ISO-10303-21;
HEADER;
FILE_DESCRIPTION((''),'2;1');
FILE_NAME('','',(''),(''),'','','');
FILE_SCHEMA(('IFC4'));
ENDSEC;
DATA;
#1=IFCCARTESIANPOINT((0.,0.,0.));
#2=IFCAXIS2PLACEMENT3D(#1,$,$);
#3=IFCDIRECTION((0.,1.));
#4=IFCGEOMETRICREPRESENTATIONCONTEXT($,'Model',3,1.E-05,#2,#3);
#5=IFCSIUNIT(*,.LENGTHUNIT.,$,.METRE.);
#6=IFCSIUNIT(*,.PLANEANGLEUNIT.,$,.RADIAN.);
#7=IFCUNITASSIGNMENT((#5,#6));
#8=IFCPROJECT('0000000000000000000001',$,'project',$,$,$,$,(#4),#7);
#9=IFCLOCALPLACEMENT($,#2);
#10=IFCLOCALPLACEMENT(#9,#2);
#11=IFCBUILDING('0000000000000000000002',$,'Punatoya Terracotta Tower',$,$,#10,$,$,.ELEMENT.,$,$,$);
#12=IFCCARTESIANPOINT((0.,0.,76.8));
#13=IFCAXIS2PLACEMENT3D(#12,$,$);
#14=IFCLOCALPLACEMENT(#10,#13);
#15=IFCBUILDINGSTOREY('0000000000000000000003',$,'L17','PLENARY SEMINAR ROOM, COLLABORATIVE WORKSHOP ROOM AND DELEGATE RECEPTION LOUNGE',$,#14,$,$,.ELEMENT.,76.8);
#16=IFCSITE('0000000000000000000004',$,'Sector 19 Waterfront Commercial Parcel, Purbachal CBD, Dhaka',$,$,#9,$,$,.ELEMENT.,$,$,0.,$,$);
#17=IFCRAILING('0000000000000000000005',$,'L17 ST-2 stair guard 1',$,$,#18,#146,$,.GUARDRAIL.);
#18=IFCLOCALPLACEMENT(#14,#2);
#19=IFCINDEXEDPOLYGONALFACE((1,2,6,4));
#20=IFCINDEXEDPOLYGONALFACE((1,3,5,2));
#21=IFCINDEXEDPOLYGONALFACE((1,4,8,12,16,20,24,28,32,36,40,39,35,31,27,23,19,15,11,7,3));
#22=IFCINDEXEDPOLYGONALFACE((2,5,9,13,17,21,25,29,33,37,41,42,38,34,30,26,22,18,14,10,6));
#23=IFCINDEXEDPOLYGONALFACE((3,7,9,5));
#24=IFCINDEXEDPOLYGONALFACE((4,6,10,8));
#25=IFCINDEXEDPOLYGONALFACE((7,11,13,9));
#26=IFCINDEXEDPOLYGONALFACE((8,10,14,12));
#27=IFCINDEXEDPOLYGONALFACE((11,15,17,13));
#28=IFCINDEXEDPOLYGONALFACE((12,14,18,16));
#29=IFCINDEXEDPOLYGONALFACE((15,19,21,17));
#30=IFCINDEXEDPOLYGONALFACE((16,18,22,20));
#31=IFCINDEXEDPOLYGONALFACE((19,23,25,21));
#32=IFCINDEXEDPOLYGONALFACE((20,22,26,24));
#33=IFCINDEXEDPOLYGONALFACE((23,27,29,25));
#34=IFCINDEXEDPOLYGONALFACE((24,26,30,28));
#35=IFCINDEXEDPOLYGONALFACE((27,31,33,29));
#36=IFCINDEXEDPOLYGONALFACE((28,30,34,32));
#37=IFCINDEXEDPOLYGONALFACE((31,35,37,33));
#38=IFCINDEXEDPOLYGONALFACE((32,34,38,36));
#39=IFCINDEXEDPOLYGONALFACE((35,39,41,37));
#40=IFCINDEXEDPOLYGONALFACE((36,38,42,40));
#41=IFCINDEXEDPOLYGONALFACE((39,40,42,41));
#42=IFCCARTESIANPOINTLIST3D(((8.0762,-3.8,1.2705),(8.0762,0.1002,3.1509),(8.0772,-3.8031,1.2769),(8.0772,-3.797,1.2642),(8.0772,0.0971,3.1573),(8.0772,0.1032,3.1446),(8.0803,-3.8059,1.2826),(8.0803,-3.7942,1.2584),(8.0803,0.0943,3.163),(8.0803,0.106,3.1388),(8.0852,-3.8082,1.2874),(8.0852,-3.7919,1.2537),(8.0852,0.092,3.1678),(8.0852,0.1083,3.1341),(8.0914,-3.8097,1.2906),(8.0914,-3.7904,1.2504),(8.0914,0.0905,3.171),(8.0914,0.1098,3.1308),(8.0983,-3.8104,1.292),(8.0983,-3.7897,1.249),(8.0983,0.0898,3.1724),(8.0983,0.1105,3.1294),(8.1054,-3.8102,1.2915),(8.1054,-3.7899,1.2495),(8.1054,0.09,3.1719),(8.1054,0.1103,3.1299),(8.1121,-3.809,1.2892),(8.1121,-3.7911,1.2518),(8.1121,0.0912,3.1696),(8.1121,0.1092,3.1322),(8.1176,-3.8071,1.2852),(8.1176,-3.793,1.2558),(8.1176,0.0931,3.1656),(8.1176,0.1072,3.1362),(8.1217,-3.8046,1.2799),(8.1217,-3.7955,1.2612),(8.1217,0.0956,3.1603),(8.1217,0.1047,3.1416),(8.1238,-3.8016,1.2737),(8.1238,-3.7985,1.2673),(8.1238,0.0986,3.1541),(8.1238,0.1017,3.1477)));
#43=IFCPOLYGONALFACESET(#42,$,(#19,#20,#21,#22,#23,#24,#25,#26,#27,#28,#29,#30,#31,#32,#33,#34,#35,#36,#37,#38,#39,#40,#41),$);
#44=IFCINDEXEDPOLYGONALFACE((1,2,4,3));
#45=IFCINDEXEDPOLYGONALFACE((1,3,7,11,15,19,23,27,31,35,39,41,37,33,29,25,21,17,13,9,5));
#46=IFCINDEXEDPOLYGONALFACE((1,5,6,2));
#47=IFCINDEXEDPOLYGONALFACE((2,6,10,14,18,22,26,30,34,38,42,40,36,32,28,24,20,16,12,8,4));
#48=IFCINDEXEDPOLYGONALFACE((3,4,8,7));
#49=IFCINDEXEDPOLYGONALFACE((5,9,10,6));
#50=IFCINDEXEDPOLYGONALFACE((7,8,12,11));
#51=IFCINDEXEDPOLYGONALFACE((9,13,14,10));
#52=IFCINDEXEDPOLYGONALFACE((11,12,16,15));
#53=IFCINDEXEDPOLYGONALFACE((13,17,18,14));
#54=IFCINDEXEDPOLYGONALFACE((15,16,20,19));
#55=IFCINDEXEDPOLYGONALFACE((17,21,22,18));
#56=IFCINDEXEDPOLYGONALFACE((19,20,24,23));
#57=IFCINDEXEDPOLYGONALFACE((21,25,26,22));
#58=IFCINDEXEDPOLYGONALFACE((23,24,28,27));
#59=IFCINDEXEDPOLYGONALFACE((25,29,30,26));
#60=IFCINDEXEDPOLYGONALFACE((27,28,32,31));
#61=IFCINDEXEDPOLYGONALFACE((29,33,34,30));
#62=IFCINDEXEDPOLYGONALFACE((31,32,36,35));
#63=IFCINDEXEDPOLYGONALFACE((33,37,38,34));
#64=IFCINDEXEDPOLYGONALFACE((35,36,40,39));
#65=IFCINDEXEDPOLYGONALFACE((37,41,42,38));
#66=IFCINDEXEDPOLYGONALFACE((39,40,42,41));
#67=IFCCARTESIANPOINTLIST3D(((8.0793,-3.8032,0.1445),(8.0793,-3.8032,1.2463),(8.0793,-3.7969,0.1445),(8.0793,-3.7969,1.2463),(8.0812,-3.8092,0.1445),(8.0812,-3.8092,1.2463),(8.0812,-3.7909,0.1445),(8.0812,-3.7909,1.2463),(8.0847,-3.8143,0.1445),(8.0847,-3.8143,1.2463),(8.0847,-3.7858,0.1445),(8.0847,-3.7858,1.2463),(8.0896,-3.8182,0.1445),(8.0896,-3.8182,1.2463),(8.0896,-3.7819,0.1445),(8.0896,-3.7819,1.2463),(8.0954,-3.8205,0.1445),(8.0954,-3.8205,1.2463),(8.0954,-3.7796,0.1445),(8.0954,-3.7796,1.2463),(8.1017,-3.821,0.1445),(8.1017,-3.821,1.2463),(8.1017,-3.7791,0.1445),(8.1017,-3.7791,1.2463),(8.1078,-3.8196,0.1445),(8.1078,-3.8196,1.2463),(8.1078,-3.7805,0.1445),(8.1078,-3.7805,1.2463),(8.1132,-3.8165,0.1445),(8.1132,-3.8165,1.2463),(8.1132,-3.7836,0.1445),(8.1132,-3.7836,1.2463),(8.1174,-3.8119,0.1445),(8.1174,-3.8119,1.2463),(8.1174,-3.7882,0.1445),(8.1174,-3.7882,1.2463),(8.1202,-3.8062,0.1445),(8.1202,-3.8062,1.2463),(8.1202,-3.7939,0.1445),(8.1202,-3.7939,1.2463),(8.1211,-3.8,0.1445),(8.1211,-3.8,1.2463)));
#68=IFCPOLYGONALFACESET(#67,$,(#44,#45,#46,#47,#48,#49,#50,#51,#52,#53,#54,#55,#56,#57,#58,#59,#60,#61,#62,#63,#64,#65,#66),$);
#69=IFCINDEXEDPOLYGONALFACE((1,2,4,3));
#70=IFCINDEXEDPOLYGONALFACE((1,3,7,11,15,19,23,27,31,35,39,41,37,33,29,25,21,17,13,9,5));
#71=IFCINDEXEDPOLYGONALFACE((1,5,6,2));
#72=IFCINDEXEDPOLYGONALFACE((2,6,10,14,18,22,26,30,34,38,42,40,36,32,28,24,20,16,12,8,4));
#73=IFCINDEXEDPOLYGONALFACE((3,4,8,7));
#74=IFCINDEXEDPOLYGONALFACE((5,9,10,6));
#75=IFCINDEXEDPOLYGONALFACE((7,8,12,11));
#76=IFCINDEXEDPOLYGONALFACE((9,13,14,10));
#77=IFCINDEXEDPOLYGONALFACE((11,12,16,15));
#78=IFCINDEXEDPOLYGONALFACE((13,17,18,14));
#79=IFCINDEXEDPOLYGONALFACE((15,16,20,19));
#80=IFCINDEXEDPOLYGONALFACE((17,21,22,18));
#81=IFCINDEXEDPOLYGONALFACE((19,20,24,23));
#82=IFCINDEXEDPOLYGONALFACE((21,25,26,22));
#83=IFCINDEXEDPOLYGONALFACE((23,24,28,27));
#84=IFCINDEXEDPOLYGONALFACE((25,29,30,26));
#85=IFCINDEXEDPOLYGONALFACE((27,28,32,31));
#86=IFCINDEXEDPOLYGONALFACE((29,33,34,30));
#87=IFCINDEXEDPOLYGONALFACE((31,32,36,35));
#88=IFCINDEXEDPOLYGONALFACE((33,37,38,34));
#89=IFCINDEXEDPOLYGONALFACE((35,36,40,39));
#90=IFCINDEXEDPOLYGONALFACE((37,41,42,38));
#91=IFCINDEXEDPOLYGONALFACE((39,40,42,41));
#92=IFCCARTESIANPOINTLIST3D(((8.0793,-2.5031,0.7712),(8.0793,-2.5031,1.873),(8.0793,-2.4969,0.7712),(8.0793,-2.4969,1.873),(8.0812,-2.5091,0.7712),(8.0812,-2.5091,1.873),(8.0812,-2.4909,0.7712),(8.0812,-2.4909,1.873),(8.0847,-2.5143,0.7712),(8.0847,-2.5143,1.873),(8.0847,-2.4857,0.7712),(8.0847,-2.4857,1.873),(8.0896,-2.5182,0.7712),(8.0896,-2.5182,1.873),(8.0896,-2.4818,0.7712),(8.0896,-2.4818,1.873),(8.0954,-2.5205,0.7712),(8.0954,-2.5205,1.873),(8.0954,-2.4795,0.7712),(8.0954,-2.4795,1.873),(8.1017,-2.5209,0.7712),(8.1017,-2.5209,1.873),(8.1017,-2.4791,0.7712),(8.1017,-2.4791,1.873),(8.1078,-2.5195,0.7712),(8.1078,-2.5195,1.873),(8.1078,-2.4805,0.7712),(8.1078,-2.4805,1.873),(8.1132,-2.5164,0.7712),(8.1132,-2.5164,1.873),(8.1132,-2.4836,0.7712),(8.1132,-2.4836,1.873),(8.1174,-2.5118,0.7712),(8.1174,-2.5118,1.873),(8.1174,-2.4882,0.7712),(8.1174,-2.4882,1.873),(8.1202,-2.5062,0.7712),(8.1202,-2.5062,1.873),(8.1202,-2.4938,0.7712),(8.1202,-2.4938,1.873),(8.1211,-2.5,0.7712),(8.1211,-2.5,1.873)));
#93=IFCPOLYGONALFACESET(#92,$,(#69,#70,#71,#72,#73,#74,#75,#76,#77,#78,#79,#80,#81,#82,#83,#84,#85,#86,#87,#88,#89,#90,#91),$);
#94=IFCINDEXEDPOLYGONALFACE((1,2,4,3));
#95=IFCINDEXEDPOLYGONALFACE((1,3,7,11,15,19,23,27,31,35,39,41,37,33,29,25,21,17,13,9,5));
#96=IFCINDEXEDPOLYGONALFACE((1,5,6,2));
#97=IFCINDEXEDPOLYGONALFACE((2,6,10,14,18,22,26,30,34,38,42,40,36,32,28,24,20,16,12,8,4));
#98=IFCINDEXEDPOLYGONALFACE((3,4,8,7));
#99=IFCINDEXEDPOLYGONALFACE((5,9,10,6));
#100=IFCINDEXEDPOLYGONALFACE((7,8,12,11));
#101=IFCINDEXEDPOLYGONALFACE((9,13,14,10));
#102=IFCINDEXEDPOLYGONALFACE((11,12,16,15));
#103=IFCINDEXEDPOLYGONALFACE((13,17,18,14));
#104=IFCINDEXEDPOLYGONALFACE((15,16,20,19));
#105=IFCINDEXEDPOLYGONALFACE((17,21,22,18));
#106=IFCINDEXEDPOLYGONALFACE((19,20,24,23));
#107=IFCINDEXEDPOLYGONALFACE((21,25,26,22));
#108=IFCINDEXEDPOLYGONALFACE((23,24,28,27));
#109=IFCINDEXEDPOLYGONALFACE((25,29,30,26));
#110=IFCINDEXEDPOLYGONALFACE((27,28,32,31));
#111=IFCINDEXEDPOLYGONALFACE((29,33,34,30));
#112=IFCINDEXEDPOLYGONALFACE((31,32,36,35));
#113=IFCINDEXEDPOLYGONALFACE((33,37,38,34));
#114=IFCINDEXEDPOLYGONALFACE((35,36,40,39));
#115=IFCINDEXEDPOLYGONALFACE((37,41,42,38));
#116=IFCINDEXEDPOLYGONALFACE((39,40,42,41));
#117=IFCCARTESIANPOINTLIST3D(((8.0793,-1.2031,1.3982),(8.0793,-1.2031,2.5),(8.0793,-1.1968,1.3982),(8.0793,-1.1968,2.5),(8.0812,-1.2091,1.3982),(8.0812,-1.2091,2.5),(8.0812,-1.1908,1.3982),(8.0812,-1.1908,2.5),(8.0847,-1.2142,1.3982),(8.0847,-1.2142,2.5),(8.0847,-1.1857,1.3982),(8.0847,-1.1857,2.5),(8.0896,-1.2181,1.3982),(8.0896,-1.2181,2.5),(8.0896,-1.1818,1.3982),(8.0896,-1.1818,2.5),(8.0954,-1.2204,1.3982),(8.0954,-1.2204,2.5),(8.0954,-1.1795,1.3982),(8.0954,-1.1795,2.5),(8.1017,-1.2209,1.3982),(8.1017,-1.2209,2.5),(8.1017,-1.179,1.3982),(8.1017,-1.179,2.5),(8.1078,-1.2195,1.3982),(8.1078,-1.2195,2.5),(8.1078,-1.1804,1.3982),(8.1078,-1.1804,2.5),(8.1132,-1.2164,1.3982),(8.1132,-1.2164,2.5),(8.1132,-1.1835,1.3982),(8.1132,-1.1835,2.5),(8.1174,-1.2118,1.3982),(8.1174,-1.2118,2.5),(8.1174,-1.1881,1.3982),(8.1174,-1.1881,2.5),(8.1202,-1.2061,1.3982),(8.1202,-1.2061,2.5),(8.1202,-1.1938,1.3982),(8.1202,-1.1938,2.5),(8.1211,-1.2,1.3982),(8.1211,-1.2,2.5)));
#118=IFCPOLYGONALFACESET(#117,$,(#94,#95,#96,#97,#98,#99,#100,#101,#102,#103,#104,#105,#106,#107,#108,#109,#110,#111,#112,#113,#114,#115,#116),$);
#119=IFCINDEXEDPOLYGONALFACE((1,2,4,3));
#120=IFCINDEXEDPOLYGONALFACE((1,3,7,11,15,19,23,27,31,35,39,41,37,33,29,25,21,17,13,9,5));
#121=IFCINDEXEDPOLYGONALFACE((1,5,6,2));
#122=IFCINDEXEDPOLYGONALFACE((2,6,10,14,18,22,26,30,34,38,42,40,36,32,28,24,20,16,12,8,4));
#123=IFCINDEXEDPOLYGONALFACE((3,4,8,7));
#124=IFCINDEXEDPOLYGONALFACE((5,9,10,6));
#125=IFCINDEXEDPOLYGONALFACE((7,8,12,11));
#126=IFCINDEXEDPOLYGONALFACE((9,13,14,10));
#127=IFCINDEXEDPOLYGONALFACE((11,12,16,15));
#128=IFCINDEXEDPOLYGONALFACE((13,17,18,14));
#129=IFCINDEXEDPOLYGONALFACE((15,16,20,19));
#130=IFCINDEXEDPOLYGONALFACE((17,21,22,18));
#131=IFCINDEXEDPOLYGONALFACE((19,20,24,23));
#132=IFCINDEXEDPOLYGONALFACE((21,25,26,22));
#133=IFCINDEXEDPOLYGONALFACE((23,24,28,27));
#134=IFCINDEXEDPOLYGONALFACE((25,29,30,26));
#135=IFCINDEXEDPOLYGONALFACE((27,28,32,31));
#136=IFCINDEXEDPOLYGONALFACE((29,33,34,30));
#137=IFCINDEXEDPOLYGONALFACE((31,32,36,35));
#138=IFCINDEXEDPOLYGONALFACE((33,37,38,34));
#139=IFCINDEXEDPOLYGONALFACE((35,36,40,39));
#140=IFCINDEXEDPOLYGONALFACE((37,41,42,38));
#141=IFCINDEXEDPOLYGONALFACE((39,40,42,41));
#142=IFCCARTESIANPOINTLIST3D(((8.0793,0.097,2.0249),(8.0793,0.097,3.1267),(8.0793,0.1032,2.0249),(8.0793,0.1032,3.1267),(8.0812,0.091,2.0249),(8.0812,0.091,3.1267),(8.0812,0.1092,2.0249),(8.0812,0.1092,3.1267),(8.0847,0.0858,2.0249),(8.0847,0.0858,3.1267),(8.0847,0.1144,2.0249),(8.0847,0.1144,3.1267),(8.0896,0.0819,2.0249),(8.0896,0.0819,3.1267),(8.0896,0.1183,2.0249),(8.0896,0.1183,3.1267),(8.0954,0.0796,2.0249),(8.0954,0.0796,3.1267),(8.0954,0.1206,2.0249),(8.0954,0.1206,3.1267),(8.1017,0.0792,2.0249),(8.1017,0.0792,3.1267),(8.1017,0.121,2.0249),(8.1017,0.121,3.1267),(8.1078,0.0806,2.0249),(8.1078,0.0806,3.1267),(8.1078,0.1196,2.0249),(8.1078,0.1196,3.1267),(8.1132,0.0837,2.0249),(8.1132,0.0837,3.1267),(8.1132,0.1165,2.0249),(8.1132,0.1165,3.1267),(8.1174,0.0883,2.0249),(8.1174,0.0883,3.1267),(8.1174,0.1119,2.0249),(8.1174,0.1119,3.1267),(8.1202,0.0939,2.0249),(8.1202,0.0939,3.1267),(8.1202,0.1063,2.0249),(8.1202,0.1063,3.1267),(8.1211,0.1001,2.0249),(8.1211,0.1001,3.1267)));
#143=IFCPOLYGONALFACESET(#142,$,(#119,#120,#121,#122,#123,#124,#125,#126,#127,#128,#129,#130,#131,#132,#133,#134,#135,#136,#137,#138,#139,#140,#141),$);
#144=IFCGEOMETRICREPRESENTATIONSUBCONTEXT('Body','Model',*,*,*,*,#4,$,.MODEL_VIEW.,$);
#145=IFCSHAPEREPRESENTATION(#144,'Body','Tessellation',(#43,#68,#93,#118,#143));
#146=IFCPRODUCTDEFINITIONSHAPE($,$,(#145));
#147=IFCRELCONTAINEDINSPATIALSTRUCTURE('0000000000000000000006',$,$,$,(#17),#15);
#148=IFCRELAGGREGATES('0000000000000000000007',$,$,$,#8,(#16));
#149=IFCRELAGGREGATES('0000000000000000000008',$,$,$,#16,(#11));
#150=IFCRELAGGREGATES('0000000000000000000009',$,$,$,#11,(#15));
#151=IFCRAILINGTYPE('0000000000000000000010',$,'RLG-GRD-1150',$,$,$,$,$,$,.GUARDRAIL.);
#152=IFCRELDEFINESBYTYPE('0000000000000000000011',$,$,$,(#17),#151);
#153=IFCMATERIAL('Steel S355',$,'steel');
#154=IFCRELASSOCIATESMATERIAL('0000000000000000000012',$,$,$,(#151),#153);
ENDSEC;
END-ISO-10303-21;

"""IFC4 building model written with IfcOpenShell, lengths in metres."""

from ifc_helpers import new_model, si_unit, direction, frame, origin, origin_2d, place, context, subcontext, project, spatial, circle, extrude, material, type_object, element, save


model = new_model("IFC4")

# Units and contexts
model_context = context("Model", 3, precision=1e-05, world=origin(), true_north=direction((0.0, 1.0)))
body_context = subcontext(model_context, "Body", "Model", "MODEL_VIEW")
ifc_project = project(units=[si_unit("LENGTHUNIT", "METRE"), si_unit("PLANEANGLEUNIT", "RADIAN")], contexts=[model_context])

# Site, building, storey
site_placement = place(None, origin())
site = spatial("IfcSite", under=ifc_project, at=site_placement, Name="Sector 19 Waterfront Commercial Parcel, Purbachal CBD, Dhaka", CompositionType="ELEMENT", RefElevation=0.0)
building_placement = place(site_placement, origin())
building = spatial("IfcBuilding", under=site, at=building_placement, Name="Punatoya Terracotta Tower", CompositionType="ELEMENT")
storey_placement = place(building_placement, frame((0.0, 0.0, 76.8)))
storey = spatial("IfcBuildingStorey", under=building, at=storey_placement, Name="L17", Description="PLENARY SEMINAR ROOM, COLLABORATIVE WORKSHOP ROOM AND DELEGATE RECEPTION LOUNGE", CompositionType="ELEMENT", Elevation=76.8)

# Shared definitions
ifc_material_1 = material(Name="Steel S355", Category="steel")

# Railing
railing_type_1 = type_object("IfcRailingType", Name="RLG-GRD-1150", PredefinedType="GUARDRAIL", material=ifc_material_1)
railing_1_placement = place(storey_placement, frame((8.1001, -3.8, 0.1445)))
element("IfcRailing", 1, at=railing_1_placement, inside=storey, type_object=railing_type_1, Name="L17 ST-2 stair guard 1", PredefinedType="GUARDRAIL", context=body_context, shape_type="SweptSolid", body=[
    extrude(circle(Radius=0.0239, at=origin_2d()), frame((0.0, 0.0, 1.126), z_axis=(0.0, 0.900774, 0.434289), x_axis=(-1.0, 0.0, 0.0)), (0.0, 0.0, 1.0), 4.3298),
    extrude(circle(Radius=0.021, at=origin_2d()), origin(), (0.0, 0.0, 1.0), 1.1018),
    extrude(circle(Radius=0.021, at=origin_2d()), frame((0.0, 1.3, 0.6267)), (0.0, 0.0, 1.0), 1.1018),
    extrude(circle(Radius=0.021, at=origin_2d()), frame((0.0, 2.6001, 1.2537)), (0.0, 0.0, 1.0), 1.1018),
    extrude(circle(Radius=0.021, at=origin_2d()), frame((0.0, 3.9001, 1.8804)), (0.0, 0.0, 1.0), 1.1018),
])

save(model, "model.ifc")
